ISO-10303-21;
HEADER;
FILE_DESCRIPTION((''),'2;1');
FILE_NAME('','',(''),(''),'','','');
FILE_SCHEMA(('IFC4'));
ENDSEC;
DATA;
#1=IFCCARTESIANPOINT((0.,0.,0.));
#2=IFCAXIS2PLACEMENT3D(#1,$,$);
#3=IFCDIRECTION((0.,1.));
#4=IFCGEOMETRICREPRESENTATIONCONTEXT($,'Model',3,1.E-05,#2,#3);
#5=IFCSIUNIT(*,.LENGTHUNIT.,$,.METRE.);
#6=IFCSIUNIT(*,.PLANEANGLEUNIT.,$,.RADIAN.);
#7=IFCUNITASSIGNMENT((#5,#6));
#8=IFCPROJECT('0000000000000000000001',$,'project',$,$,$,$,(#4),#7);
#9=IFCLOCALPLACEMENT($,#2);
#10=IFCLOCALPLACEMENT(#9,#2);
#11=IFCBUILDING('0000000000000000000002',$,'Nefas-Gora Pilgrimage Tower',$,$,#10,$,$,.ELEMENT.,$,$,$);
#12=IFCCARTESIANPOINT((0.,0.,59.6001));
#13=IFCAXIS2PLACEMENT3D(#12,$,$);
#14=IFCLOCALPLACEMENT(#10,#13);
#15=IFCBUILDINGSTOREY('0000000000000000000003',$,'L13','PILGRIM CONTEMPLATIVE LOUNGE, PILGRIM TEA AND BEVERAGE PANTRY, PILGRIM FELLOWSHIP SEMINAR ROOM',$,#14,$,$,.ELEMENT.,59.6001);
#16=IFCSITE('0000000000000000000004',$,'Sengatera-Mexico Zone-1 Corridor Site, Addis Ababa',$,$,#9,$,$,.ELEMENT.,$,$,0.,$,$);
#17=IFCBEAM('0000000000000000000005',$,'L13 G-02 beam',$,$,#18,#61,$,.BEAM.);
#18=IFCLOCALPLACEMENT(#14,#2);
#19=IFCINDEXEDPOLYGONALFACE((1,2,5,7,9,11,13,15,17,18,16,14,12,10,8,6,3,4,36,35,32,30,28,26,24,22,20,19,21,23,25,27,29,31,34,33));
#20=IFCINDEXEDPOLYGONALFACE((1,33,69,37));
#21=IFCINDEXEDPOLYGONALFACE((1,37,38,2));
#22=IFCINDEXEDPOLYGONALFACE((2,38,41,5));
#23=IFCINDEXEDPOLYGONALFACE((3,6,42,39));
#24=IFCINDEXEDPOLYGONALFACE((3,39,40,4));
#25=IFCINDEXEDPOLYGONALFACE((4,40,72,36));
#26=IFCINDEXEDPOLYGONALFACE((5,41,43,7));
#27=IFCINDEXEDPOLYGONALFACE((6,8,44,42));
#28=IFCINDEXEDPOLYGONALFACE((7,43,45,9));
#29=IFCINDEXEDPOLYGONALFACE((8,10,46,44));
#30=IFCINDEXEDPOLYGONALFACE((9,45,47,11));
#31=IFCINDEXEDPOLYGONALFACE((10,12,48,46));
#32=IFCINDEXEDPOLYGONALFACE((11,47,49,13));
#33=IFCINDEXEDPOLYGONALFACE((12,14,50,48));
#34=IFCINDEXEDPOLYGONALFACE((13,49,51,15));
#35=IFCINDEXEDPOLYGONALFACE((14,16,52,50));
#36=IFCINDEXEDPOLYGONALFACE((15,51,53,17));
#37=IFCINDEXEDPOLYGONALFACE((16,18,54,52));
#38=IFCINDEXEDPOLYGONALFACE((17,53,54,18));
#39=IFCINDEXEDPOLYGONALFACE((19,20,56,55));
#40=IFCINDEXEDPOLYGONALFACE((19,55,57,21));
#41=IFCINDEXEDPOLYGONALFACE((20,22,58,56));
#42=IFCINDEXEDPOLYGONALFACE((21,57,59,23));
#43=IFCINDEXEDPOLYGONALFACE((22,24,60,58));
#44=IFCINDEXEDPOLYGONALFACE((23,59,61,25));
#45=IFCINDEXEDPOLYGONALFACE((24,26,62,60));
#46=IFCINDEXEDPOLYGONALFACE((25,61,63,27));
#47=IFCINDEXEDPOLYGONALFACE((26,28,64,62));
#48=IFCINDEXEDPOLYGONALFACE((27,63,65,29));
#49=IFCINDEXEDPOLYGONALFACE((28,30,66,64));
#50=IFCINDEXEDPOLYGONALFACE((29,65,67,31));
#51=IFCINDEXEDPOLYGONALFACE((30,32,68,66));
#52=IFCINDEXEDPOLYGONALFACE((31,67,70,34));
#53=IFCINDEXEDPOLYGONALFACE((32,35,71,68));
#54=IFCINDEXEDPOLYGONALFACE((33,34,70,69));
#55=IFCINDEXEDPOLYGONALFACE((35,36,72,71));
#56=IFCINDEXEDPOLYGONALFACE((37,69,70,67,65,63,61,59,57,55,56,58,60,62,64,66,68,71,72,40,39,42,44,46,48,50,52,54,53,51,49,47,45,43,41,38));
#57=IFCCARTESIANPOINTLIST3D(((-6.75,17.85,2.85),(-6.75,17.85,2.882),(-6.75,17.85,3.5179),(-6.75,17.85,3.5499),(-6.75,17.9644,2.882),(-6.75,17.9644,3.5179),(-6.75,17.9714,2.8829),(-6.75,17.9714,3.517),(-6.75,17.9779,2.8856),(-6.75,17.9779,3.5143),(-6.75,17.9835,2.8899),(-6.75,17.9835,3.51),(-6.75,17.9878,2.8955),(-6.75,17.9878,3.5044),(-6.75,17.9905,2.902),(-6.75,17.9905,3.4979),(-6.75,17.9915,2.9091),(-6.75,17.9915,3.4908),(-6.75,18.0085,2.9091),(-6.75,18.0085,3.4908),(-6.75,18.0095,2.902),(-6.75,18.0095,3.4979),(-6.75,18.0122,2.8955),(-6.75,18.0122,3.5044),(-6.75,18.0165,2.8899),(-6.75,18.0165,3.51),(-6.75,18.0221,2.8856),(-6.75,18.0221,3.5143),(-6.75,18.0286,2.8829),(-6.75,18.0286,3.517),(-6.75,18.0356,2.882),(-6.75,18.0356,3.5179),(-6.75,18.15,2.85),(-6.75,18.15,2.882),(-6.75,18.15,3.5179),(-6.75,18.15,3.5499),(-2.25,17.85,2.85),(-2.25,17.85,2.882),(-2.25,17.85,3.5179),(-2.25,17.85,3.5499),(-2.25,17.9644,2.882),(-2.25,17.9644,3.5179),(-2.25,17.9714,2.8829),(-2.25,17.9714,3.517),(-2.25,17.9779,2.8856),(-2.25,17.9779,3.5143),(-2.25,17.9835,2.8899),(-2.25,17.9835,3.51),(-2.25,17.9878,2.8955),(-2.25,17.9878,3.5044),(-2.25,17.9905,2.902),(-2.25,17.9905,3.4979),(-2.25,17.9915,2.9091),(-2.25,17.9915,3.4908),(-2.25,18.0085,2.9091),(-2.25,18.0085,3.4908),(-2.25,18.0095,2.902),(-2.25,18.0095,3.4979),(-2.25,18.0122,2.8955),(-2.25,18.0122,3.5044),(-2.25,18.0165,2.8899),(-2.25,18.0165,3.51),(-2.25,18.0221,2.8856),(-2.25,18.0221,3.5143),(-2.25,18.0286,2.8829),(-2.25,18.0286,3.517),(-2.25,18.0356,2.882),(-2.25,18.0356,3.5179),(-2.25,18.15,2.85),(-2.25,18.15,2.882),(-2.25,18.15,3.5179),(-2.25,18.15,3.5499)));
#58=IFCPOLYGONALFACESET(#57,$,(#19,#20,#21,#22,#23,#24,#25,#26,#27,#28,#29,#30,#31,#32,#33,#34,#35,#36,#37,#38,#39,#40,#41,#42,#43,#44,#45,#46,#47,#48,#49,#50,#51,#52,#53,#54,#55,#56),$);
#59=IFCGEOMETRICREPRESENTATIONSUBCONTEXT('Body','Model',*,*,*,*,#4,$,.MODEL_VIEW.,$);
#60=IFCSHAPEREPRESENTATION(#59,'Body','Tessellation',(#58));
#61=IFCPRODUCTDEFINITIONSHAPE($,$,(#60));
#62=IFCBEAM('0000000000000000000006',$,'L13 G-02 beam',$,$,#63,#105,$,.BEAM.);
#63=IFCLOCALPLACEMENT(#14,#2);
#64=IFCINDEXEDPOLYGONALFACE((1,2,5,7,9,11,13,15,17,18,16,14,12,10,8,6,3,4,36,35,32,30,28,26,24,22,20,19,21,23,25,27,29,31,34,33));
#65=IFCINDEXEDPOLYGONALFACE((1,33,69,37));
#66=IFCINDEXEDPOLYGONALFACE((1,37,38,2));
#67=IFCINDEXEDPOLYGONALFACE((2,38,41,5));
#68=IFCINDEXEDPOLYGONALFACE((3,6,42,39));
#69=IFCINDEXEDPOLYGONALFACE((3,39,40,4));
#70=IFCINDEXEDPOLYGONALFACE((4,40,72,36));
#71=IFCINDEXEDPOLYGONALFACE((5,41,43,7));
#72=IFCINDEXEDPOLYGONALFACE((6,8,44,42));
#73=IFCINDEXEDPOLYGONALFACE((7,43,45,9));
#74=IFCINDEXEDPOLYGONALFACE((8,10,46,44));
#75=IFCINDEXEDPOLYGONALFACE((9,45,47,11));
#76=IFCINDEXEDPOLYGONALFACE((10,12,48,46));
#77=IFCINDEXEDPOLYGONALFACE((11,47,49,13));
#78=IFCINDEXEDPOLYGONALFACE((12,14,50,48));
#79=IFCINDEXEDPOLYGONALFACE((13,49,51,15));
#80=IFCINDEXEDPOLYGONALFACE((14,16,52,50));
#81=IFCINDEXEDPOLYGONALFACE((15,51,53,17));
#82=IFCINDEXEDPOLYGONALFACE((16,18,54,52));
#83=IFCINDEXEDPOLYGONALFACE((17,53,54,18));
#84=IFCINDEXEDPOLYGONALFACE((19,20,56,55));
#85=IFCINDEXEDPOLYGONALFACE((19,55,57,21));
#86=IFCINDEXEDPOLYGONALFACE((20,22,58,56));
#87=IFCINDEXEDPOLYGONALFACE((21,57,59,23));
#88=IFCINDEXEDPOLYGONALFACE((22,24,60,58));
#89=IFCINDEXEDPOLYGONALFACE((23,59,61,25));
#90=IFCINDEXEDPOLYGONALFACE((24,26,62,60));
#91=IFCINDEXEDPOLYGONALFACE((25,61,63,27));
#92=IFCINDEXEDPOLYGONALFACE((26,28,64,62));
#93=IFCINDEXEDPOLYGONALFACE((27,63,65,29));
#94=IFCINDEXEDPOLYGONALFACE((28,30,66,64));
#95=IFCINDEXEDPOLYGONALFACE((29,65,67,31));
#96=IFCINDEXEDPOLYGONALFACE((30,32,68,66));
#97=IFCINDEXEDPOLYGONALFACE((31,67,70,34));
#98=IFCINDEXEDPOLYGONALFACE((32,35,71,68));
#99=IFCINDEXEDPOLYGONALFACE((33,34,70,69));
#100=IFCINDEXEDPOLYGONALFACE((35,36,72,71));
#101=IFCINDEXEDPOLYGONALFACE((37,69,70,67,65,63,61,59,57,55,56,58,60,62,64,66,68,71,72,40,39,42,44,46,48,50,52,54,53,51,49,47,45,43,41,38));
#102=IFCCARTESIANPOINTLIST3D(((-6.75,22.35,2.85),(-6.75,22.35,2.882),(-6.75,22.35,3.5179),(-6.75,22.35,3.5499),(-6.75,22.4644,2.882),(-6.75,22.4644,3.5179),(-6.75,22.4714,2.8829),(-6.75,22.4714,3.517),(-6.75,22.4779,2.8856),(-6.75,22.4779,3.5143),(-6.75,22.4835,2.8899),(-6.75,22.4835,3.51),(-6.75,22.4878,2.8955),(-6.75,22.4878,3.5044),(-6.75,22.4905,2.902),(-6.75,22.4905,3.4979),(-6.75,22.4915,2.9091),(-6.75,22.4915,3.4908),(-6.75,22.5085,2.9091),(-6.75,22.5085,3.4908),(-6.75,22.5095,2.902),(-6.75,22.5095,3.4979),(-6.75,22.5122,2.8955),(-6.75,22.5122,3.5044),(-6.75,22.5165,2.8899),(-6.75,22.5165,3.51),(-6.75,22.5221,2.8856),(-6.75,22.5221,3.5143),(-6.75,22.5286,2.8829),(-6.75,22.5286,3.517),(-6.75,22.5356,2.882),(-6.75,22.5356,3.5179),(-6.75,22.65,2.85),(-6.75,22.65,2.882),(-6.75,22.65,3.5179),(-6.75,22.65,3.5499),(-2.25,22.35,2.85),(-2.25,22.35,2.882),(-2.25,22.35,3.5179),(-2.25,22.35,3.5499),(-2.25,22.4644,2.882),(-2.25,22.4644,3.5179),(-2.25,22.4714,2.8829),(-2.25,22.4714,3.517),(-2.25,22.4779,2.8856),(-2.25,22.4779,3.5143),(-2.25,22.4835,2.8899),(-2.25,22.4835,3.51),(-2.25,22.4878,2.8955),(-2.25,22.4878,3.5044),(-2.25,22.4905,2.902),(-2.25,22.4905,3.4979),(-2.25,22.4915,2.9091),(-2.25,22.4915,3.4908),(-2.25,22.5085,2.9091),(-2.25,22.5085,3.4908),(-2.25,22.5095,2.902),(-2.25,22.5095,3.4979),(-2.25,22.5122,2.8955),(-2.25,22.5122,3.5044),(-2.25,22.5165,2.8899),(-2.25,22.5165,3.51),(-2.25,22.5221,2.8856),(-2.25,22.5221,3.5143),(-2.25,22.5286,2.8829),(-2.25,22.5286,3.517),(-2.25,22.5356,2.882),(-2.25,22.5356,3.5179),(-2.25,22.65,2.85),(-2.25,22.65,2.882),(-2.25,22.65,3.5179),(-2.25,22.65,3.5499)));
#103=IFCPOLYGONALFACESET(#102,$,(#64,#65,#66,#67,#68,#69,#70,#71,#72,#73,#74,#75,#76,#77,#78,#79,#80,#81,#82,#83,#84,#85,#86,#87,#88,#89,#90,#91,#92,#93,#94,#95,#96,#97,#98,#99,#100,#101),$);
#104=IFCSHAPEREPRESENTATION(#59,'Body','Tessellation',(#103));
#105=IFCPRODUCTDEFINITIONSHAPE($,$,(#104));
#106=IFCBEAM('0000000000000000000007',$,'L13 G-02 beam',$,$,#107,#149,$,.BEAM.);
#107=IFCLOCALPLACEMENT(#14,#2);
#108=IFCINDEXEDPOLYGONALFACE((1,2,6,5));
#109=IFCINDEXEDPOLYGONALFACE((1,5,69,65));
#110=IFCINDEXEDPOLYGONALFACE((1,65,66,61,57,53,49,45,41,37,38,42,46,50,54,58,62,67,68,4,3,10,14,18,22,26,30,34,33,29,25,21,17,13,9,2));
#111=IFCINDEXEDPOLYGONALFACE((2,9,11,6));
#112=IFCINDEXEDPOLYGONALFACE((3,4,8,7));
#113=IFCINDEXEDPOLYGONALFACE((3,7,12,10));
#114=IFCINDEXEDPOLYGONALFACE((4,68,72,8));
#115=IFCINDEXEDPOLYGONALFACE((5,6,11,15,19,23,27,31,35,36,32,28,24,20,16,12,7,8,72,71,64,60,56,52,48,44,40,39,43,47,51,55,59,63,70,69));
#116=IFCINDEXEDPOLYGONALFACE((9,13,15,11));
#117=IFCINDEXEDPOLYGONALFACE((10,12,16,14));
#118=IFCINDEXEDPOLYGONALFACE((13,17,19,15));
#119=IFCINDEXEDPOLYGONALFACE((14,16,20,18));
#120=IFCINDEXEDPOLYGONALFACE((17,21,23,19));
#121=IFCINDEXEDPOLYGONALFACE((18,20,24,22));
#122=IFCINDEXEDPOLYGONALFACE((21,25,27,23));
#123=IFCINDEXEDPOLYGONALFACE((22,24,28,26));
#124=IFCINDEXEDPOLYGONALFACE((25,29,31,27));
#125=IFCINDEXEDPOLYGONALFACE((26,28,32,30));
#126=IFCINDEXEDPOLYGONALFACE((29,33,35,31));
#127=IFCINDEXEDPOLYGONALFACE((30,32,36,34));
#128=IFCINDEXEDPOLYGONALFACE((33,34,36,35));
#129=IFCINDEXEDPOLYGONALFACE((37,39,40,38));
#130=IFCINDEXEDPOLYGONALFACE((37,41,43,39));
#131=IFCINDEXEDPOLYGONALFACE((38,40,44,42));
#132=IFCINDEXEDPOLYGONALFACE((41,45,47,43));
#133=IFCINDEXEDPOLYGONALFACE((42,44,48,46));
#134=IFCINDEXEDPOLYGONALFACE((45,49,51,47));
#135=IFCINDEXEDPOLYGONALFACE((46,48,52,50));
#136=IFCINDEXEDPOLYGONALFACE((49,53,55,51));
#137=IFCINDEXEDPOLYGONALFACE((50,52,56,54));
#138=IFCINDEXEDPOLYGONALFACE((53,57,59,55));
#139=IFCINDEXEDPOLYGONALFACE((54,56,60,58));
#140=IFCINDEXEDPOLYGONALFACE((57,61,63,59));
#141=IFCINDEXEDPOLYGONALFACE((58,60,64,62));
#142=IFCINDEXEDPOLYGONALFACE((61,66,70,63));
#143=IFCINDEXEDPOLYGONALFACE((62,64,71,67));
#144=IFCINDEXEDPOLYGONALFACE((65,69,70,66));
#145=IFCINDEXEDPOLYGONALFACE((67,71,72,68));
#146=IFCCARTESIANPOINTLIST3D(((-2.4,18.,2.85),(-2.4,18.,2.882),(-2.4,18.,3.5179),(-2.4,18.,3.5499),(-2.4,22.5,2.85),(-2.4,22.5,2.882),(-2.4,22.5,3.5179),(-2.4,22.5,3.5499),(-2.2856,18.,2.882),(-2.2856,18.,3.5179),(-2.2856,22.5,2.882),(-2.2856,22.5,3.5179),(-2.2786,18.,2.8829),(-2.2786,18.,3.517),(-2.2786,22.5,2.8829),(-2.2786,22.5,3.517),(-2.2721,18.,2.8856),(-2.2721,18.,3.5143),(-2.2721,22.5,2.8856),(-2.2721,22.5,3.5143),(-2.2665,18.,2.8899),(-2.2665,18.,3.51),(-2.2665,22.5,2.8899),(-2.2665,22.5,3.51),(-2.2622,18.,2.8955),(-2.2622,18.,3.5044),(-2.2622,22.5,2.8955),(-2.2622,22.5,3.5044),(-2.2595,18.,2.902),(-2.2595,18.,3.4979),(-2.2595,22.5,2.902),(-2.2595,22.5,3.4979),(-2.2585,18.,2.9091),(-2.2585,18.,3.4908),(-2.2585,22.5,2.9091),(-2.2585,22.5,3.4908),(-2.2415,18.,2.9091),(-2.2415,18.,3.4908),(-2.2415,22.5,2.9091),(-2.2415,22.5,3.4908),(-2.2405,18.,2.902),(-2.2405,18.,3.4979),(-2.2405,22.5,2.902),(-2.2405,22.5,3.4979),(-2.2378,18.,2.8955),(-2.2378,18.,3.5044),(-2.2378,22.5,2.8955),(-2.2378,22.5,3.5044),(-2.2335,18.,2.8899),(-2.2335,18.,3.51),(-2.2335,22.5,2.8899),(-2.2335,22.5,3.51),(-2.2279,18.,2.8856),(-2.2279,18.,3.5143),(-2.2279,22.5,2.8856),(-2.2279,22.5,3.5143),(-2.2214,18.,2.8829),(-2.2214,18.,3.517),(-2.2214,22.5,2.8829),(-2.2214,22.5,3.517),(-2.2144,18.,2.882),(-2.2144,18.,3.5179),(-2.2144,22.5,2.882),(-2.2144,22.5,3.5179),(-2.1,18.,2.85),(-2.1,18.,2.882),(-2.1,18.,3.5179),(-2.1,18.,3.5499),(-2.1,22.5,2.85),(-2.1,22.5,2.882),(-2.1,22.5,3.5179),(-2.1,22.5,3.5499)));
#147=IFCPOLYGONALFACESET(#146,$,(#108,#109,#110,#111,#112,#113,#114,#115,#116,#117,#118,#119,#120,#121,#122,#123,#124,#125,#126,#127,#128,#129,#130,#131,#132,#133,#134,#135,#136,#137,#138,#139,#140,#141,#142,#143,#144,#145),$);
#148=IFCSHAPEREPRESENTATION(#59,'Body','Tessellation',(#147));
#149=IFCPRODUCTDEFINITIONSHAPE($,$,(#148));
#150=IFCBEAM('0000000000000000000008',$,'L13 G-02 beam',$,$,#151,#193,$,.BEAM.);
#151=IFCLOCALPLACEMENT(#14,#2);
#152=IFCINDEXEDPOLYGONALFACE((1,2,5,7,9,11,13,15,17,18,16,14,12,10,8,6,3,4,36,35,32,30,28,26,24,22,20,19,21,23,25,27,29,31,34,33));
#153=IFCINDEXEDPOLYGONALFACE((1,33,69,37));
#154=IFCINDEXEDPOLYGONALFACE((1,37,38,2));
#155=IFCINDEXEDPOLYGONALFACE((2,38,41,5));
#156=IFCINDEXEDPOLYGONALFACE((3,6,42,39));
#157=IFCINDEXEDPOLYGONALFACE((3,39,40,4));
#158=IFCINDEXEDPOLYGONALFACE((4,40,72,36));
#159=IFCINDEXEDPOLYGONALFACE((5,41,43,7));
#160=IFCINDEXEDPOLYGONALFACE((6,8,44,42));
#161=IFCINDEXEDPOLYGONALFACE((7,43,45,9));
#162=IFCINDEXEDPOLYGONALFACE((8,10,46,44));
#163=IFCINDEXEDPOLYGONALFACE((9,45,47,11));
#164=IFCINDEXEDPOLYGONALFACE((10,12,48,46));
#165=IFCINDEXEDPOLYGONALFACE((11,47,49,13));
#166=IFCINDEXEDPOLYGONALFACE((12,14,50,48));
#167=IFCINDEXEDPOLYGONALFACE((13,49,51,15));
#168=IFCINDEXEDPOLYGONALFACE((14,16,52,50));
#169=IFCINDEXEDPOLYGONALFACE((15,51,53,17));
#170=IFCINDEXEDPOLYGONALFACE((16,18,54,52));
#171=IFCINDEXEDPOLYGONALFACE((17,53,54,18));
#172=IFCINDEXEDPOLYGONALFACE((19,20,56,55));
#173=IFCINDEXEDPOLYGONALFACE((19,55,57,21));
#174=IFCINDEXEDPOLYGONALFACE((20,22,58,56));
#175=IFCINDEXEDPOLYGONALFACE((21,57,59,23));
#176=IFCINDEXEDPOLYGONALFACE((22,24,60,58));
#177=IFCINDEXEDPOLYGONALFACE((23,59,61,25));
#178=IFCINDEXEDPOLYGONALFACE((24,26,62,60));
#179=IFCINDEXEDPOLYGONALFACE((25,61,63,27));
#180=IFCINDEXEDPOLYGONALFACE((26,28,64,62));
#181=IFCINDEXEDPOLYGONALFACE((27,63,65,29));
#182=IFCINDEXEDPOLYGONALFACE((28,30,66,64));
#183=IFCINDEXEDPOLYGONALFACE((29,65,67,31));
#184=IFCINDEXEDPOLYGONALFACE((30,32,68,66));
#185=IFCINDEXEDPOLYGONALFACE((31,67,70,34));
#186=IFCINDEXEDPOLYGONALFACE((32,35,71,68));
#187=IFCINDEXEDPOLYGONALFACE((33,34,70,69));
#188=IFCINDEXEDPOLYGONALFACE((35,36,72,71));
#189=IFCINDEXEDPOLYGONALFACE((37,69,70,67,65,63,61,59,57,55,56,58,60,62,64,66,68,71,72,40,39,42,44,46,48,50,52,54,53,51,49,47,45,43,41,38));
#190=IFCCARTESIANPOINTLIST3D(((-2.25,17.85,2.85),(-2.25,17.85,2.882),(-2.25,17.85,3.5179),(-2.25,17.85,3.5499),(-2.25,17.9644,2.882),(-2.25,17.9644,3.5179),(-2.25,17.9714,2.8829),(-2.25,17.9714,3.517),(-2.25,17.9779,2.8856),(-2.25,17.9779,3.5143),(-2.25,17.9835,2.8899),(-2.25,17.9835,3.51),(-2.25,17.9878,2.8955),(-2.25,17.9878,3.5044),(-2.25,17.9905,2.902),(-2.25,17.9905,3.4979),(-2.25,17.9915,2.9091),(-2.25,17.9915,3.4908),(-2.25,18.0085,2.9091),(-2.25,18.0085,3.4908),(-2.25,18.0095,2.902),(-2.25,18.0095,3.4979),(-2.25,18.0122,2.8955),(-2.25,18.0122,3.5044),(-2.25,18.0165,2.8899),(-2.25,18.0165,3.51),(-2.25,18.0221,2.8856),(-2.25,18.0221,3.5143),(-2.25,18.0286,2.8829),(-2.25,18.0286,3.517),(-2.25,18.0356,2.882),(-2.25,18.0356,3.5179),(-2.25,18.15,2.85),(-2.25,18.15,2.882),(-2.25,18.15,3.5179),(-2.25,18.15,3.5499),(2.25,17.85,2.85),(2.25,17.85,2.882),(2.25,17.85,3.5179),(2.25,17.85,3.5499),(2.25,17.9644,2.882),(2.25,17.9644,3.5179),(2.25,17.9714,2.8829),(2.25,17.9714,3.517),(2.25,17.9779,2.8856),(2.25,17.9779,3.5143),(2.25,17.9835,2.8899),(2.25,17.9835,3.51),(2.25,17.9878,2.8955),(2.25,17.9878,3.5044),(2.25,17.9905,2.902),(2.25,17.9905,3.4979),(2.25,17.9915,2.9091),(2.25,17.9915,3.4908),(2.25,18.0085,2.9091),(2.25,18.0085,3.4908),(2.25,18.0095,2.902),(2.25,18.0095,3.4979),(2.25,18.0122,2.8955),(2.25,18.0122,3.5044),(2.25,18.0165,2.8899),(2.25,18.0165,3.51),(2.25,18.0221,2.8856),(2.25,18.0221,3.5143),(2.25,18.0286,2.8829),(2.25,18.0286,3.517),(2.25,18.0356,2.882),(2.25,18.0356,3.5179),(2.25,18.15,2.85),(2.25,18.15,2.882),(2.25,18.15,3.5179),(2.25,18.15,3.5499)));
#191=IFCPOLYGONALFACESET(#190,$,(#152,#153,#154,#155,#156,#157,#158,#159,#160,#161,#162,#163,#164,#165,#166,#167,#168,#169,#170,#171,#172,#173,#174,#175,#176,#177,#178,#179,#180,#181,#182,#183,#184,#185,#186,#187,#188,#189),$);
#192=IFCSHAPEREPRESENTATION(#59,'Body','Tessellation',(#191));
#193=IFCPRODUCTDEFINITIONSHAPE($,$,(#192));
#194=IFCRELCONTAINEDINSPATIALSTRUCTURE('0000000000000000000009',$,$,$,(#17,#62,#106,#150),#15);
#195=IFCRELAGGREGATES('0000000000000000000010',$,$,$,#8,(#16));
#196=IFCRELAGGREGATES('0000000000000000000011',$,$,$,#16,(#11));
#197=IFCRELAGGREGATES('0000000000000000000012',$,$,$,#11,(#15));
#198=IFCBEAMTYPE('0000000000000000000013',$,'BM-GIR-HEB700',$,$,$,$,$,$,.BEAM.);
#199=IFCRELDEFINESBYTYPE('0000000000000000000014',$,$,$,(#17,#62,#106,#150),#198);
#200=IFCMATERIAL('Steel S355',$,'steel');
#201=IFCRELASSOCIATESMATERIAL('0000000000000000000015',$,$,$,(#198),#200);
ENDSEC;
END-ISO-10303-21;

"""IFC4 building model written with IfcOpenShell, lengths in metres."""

from ifc_helpers import new_model, si_unit, direction, frame, origin, origin_2d, place, context, subcontext, project, spatial, i_section, extrude, source, transform, mapped, material, material_profile, profile_set, type_object, element, save


model = new_model("IFC4")

# Units and contexts
model_context = context("Model", 3, precision=1e-05, world=origin(), true_north=direction((0.0, 1.0)))
body_context = subcontext(model_context, "Body", "Model", "MODEL_VIEW")
ifc_project = project(units=[si_unit("LENGTHUNIT", "METRE"), si_unit("PLANEANGLEUNIT", "RADIAN")], contexts=[model_context])

# Site, building, storey
site_placement = place(None, origin())
site = spatial("IfcSite", under=ifc_project, at=site_placement, Name="Sengatera-Mexico Zone-1 Corridor Site, Addis Ababa", CompositionType="ELEMENT", RefElevation=0.0)
building_placement = place(site_placement, origin())
building = spatial("IfcBuilding", under=site, at=building_placement, Name="Nefas-Gora Pilgrimage Tower", CompositionType="ELEMENT")
storey_placement = place(building_placement, frame((0.0, 0.0, 59.6001)))
storey = spatial("IfcBuildingStorey", under=building, at=storey_placement, Name="L13", Description="PILGRIM CONTEMPLATIVE LOUNGE, PILGRIM TEA AND BEVERAGE PANTRY, PILGRIM FELLOWSHIP SEMINAR ROOM", CompositionType="ELEMENT", Elevation=59.6001)

# Beams
ifc_material_1 = material(Name="Steel S355", Category="steel")
ifc_material_profile_1 = material_profile(ifc_material_1, i_section(OverallWidth=0.3, OverallDepth=0.7, WebThickness=0.0171, FlangeThickness=0.032, FilletRadius=0.0271, at=origin_2d()), Name="HEB 700")
ifc_profile_set_1 = profile_set([ifc_material_profile_1], Name="Steel S355")
beam_type = type_object("IfcBeamType", Name="BM-GIR-HEB700", PredefinedType="BEAM", material=ifc_profile_set_1)
shared_shape_1 = source(origin(), body_context, "Body", "SweptSolid", [
    extrude(i_section(OverallWidth=0.3, OverallDepth=0.7, WebThickness=0.0171, FlangeThickness=0.032, FilletRadius=0.0271, at=origin_2d()), origin(), (0.0, 0.0, 1.0), 4.5),
])
for number, where, z_axis, x_axis, name in (
    (1, (-6.75, 18.0, 3.2), (1.0, 0.0, 0.0), (0.0, 1.0, 0.0), "L13 G-02 beam"),
    (2, (-6.75, 22.5, 3.2), (1.0, 0.0, 0.0), (0.0, 1.0, 0.0), "L13 G-02 beam"),
    (3, (-2.25, 18.0, 3.2), (0.0, 1.0, 0.0), (-1.0, 0.0, 0.0), "L13 G-02 beam"),
    (4, (-2.25, 18.0, 3.2), (1.0, 0.0, 0.0), (0.0, 1.0, 0.0), "L13 G-02 beam"),
):
    element("IfcBeam", number, at=place(storey_placement, frame(where, z_axis=z_axis, x_axis=x_axis)), inside=storey, type_object=beam_type, Name=name, PredefinedType="BEAM", context=body_context, shape_type="MappedRepresentation", body=[
        mapped(shared_shape_1, transform((0.0, 0.0, 0.0), x_axis=(1.0, 0.0, 0.0), y_axis=(0.0, 1.0, 0.0), z_axis=(0.0, 0.0, 1.0), scale=1.0)),
    ])

save(model, "model.ifc")
